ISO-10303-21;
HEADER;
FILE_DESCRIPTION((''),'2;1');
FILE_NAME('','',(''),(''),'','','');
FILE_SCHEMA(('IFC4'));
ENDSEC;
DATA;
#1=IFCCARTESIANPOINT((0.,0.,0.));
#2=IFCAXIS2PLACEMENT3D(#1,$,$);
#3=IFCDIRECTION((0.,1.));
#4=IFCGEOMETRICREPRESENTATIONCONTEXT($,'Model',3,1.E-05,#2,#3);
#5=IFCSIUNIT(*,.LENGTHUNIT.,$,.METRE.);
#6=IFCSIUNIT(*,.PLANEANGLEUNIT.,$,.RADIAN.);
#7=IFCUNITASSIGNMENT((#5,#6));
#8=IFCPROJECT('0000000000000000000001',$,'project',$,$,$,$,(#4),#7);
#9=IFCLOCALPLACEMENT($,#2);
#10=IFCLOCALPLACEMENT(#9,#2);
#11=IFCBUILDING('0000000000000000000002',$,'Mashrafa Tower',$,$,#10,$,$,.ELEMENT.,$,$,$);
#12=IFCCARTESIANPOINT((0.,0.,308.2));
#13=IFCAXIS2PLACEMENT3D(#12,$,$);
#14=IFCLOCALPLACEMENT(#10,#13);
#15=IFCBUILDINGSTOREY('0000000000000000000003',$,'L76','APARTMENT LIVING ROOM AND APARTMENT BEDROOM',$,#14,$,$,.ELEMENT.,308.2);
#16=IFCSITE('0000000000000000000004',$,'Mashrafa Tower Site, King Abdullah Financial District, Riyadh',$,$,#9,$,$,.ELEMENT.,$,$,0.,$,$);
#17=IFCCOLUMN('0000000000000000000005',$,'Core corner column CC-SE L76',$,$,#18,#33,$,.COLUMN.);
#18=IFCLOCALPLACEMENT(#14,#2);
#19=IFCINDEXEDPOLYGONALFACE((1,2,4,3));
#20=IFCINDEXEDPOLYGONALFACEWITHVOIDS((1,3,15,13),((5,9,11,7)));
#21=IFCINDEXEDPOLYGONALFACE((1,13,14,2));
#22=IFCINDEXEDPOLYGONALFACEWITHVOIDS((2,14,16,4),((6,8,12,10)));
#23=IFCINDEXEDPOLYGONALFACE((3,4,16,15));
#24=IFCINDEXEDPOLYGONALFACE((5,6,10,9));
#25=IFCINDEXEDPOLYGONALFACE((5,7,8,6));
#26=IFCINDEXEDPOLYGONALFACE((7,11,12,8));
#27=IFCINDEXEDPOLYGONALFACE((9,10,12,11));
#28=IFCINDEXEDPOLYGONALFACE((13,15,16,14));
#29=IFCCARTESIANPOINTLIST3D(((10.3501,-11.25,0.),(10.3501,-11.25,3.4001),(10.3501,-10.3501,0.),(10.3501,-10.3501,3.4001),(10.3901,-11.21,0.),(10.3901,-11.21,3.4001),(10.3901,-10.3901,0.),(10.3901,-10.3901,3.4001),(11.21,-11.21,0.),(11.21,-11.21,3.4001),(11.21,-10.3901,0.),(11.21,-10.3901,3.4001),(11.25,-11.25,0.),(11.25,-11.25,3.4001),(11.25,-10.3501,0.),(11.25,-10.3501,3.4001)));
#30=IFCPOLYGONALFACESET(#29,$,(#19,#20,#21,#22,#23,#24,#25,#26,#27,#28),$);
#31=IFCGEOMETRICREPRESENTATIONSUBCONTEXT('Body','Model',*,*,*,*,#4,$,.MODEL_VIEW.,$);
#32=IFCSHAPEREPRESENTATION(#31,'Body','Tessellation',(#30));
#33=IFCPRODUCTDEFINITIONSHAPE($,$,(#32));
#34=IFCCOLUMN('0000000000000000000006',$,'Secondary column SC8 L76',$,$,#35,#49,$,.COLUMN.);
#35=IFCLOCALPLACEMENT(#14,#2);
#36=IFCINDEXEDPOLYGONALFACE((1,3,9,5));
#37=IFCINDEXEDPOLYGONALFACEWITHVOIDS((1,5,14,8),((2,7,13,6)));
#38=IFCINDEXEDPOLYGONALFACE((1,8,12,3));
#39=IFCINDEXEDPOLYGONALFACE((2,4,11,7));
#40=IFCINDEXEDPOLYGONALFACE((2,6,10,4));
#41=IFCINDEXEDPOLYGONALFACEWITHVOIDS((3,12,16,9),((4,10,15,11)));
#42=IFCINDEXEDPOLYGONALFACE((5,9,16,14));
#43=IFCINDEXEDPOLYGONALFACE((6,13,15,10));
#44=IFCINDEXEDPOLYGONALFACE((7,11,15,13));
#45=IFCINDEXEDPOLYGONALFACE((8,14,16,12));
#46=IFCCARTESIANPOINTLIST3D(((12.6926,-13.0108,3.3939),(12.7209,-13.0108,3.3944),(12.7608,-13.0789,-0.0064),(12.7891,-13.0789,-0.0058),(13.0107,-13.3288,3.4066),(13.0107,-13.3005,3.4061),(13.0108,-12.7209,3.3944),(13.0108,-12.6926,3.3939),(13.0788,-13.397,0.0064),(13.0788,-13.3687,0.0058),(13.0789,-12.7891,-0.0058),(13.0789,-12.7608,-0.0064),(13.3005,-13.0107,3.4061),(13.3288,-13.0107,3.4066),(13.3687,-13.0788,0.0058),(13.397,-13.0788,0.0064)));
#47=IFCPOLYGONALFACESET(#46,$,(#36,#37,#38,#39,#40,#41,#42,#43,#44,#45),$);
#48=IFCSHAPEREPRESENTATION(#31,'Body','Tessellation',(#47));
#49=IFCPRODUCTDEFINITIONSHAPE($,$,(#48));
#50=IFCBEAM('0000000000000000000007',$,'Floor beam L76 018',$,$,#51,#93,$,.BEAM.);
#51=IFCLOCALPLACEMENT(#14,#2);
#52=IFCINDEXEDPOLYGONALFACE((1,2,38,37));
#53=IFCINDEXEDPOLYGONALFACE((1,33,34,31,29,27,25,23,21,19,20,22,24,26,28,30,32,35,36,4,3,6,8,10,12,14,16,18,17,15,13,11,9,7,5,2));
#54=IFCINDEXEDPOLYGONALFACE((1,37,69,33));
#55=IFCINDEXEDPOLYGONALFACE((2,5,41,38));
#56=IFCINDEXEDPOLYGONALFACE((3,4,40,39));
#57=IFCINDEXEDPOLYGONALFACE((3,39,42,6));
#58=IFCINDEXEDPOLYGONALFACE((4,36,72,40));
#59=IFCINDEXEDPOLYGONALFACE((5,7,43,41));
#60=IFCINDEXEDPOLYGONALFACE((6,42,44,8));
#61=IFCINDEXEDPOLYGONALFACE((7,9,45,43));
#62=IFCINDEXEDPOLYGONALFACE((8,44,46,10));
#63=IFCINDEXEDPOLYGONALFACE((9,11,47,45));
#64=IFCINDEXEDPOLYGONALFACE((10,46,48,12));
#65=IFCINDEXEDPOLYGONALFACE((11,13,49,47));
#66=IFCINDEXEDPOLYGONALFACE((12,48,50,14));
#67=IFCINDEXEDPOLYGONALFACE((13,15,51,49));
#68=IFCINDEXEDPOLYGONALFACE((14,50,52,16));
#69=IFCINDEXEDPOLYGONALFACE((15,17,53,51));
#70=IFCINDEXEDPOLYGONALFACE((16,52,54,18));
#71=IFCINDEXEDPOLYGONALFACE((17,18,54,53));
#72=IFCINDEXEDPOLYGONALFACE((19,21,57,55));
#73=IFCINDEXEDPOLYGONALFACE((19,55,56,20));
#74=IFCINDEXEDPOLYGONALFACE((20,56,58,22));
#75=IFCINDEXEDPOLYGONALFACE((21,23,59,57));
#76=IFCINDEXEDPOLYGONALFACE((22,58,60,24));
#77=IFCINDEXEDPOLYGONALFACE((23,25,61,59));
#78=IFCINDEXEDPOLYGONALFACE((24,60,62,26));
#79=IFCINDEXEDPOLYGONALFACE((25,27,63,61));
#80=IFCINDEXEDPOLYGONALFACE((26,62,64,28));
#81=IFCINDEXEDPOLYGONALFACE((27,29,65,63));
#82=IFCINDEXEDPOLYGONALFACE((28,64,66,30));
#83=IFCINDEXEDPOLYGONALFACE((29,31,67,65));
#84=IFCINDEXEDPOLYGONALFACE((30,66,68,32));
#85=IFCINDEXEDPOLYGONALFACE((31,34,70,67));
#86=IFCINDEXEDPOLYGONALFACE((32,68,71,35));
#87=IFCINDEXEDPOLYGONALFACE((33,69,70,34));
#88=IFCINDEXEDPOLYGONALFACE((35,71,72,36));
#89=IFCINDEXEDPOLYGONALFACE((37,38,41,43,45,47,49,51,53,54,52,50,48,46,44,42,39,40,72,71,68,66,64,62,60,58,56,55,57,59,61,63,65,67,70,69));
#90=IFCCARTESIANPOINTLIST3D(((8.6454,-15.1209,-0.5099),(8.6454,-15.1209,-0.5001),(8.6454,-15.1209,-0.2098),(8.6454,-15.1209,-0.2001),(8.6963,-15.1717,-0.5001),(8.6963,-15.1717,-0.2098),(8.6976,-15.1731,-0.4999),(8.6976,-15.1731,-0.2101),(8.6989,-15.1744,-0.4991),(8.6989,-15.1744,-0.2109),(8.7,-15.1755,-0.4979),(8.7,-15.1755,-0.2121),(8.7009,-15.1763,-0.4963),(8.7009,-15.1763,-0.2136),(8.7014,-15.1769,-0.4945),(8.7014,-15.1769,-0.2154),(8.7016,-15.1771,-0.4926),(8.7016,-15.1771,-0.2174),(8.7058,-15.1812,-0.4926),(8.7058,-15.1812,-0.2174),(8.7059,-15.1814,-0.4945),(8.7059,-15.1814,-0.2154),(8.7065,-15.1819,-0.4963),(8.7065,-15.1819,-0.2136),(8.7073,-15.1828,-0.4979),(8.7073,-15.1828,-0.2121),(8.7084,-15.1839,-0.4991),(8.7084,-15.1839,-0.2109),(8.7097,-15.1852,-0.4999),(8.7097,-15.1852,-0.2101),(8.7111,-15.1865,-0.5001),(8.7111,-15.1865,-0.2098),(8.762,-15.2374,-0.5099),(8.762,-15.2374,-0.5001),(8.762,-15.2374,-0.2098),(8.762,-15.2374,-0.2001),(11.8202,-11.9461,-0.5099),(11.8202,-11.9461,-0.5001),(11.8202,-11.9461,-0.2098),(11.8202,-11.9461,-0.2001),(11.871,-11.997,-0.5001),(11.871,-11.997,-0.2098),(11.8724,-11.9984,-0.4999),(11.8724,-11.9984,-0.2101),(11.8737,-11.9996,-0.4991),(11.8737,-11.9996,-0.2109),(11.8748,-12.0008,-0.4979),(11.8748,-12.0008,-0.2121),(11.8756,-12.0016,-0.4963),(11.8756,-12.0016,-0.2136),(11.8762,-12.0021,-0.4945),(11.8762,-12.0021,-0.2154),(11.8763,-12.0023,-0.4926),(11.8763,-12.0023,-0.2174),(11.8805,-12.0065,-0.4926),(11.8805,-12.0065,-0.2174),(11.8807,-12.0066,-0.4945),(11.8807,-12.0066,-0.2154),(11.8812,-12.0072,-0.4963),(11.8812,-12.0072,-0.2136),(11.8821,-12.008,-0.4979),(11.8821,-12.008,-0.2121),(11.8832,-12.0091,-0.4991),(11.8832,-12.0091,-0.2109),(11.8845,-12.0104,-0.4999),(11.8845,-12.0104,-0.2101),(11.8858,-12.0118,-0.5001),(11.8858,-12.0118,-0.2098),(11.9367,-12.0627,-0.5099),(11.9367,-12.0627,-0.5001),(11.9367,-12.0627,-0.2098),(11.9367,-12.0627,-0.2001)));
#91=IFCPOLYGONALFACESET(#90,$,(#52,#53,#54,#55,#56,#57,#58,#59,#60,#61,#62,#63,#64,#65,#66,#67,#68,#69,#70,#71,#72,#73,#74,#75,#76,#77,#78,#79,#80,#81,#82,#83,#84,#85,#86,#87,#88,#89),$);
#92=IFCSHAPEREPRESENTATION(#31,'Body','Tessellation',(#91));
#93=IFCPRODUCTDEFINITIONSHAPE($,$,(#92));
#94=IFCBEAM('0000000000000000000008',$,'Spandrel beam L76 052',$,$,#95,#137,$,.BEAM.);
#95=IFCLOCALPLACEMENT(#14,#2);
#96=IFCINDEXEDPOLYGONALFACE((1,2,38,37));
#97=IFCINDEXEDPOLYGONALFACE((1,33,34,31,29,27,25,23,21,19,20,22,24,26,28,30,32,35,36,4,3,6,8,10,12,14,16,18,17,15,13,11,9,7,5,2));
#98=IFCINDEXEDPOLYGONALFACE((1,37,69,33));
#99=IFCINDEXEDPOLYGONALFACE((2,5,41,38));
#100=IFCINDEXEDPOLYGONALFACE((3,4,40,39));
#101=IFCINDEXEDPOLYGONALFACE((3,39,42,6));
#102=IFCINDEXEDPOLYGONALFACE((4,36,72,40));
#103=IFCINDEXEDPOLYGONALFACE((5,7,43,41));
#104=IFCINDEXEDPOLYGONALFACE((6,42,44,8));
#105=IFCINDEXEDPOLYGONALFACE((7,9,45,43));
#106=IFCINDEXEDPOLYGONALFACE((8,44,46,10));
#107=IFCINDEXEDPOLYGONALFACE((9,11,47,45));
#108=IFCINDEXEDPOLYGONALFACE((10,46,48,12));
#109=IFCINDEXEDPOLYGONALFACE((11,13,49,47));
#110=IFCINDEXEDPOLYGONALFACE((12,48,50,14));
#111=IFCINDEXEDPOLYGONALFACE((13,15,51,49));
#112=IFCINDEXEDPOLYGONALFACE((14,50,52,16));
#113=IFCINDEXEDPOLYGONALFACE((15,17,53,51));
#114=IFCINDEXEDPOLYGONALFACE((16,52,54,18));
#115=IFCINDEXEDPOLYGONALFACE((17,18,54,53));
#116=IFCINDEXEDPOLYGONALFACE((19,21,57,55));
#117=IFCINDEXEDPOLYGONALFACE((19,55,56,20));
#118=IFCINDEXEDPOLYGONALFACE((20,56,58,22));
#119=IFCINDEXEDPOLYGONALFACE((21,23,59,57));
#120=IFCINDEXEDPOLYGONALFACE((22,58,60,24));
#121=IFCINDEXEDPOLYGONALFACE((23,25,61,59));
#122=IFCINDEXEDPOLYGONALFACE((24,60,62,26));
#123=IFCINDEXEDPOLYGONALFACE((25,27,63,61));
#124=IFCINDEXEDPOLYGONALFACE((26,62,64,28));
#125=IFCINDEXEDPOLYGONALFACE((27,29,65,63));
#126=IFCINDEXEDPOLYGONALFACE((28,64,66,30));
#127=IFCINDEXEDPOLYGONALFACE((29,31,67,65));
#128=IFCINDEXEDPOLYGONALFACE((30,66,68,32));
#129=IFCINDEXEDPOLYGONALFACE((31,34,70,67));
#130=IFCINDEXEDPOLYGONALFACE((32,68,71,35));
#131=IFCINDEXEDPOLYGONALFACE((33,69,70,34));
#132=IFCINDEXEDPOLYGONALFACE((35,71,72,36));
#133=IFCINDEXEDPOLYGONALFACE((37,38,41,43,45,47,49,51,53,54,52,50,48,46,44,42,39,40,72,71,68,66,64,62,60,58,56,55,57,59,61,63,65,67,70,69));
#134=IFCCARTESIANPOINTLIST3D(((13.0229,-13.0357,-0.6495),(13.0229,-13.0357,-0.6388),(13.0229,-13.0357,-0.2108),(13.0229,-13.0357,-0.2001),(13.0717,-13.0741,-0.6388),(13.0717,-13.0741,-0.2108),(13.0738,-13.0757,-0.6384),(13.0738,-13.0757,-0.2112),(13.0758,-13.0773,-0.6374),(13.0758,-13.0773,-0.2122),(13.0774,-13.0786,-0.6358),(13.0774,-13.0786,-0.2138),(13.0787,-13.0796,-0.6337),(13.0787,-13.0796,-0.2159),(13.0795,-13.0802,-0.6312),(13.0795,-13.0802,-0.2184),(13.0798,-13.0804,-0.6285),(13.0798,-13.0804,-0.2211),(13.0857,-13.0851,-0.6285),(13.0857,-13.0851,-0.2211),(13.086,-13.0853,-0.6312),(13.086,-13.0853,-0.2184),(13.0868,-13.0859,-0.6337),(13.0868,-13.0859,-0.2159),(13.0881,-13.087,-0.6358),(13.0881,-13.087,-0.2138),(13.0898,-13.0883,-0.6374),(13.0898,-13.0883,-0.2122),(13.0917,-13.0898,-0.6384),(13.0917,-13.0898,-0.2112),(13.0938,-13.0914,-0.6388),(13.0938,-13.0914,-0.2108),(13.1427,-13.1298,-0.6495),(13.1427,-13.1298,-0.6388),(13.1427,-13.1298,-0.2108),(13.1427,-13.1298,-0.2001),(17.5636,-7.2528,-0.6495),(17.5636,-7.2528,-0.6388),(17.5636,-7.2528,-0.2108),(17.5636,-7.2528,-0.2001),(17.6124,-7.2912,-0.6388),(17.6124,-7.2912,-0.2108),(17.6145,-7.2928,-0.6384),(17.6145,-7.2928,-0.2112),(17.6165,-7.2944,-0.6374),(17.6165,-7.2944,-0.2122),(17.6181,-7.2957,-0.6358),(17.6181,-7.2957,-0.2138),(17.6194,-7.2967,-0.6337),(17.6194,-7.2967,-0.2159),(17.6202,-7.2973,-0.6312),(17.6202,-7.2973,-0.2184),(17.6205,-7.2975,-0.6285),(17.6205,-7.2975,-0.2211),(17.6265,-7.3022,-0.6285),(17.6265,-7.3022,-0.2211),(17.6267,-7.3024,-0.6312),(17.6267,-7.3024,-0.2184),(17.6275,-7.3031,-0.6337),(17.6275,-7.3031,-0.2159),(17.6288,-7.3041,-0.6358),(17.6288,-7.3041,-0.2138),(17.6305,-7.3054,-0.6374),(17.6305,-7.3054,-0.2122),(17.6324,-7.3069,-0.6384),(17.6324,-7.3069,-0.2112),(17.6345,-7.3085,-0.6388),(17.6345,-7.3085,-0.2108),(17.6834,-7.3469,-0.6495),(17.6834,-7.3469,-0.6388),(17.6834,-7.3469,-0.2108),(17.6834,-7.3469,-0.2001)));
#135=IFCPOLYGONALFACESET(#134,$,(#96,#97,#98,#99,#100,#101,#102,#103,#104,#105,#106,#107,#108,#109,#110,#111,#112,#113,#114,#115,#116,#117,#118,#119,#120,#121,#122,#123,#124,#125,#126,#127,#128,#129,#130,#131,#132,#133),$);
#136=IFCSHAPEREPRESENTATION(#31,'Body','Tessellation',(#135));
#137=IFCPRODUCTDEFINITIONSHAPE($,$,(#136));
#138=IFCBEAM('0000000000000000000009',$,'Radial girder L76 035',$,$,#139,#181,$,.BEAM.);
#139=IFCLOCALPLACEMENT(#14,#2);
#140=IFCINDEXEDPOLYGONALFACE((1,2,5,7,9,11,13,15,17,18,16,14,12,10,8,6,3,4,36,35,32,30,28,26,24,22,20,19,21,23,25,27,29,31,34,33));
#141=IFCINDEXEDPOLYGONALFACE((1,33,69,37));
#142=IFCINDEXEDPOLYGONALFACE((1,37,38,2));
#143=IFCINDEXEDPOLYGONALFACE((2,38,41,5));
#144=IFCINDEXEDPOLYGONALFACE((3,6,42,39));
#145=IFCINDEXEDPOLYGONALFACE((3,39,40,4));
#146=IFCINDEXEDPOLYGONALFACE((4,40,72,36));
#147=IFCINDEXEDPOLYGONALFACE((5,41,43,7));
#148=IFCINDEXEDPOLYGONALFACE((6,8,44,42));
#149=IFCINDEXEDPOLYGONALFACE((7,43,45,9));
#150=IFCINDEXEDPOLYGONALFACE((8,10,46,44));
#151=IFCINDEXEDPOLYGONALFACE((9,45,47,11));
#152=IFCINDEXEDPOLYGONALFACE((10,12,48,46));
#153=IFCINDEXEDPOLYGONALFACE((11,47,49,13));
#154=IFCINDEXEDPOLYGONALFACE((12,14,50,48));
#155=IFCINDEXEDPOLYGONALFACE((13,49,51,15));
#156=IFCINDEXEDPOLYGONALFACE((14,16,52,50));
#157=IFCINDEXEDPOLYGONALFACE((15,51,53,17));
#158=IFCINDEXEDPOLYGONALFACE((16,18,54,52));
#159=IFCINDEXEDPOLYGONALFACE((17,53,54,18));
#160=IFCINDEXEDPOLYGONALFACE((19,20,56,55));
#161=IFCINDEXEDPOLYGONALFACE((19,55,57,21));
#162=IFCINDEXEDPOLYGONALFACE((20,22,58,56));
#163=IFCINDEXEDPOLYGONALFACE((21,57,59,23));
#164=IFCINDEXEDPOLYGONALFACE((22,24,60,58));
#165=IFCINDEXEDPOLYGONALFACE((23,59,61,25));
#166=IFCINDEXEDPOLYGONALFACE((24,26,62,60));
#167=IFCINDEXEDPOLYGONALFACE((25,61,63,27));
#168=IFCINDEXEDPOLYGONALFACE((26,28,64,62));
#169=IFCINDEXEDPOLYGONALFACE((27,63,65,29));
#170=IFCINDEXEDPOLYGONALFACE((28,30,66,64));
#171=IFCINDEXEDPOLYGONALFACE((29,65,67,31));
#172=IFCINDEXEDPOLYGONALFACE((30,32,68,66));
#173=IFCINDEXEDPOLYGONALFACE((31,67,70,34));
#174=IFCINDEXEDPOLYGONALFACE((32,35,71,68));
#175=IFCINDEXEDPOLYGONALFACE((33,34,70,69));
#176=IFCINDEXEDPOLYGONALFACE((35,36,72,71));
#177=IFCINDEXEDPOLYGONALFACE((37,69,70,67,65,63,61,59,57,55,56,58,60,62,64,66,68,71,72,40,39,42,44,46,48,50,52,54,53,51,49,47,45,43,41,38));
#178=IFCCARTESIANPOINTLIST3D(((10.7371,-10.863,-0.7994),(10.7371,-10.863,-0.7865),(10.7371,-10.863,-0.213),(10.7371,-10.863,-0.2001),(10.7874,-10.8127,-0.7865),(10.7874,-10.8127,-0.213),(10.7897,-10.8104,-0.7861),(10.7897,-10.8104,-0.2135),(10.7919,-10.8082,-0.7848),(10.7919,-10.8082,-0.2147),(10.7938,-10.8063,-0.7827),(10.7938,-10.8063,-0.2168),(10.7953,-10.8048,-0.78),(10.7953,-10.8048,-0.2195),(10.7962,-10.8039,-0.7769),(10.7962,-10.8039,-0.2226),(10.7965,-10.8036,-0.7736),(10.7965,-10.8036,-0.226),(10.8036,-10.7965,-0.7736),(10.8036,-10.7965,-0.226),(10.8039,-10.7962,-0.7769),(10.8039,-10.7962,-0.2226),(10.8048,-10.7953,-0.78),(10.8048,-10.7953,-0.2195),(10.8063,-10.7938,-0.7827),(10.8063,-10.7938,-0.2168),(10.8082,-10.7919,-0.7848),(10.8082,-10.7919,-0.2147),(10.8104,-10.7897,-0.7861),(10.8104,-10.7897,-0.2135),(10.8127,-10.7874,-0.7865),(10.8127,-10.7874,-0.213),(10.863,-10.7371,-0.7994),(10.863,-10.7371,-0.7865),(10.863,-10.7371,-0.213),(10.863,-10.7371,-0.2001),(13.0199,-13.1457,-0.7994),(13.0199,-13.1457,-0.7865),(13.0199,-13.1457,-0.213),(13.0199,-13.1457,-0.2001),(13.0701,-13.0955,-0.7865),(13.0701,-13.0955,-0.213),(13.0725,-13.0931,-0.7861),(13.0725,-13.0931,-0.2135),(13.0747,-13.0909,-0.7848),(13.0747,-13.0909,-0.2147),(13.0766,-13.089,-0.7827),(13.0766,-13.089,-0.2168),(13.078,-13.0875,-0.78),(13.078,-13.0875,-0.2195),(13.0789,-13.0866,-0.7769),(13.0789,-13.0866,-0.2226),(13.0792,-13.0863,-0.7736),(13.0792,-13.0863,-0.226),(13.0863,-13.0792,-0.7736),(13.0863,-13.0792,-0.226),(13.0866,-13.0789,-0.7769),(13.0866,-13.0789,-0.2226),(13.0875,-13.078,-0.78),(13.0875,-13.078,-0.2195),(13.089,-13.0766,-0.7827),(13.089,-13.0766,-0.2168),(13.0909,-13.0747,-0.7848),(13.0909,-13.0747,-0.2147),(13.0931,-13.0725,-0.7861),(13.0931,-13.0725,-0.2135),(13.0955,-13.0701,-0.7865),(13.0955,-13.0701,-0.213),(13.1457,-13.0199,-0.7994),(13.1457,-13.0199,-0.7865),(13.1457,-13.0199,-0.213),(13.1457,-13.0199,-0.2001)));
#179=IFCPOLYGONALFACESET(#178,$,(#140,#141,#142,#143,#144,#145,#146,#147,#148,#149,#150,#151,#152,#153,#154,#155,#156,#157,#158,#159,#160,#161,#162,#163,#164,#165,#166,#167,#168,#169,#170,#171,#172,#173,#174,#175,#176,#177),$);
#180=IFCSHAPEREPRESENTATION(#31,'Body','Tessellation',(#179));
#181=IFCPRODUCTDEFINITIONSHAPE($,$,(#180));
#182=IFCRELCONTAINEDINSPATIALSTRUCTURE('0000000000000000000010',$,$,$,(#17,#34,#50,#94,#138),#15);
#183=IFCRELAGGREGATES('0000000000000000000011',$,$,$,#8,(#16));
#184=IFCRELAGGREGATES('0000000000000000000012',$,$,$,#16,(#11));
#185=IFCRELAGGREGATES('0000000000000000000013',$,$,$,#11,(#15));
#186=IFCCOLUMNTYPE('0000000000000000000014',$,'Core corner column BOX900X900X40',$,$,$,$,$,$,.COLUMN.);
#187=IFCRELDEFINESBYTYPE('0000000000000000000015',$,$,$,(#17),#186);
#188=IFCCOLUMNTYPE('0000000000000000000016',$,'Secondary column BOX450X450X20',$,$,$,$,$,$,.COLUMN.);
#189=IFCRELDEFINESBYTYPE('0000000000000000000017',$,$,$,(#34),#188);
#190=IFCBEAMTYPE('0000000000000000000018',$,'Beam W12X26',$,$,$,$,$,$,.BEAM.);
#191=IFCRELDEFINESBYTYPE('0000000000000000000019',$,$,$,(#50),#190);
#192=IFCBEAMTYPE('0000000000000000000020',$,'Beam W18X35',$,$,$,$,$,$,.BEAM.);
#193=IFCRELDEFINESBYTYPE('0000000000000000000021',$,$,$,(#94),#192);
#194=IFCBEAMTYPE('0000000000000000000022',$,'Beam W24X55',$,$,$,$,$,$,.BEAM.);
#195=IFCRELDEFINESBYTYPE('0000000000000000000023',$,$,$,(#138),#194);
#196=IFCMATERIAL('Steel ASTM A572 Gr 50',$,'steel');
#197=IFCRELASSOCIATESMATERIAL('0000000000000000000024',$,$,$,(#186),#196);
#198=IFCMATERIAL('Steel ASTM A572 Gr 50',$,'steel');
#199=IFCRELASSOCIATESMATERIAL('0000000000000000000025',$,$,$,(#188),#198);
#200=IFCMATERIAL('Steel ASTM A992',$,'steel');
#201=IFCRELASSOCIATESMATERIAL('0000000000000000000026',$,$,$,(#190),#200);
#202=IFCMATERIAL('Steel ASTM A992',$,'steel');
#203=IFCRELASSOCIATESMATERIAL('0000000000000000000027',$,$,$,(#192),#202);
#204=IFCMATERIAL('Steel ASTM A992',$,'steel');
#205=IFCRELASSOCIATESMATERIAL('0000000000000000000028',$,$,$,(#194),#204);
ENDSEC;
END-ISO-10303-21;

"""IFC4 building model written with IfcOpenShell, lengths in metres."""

from ifc_helpers import new_model, si_unit, direction, frame, origin, origin_2d, place, context, subcontext, project, spatial, hollow_rectangle, i_section, extrude, material, material_profile, profile_set, type_object, element, save


model = new_model("IFC4")

# Units and contexts
model_context = context("Model", 3, precision=1e-05, world=origin(), true_north=direction((0.0, 1.0)))
body_context = subcontext(model_context, "Body", "Model", "MODEL_VIEW")
ifc_project = project(units=[si_unit("LENGTHUNIT", "METRE"), si_unit("PLANEANGLEUNIT", "RADIAN")], contexts=[model_context])

# Site, building, storey
site_placement = place(None, origin())
site = spatial("IfcSite", under=ifc_project, at=site_placement, Name="Mashrafa Tower Site, King Abdullah Financial District, Riyadh", CompositionType="ELEMENT", RefElevation=0.0)
building_placement = place(site_placement, origin())
building = spatial("IfcBuilding", under=site, at=building_placement, Name="Mashrafa Tower", CompositionType="ELEMENT")
storey_placement = place(building_placement, frame((0.0, 0.0, 308.2)))
storey = spatial("IfcBuildingStorey", under=building, at=storey_placement, Name="L76", Description="APARTMENT LIVING ROOM AND APARTMENT BEDROOM", CompositionType="ELEMENT", Elevation=308.2)

# Columns
ifc_material_1 = material(Name="Steel ASTM A572 Gr 50", Category="steel")
ifc_material_profile_1 = material_profile(ifc_material_1, hollow_rectangle(XDim=0.8999, YDim=0.8999, WallThickness=0.04, at=origin_2d()), Name="BOX900X900X40")
ifc_profile_set_1 = profile_set([ifc_material_profile_1], Name="Steel ASTM A572 Gr 50")
column_type_1 = type_object("IfcColumnType", Name="Core corner column BOX900X900X40", PredefinedType="COLUMN", material=ifc_profile_set_1)
column_1_placement = place(storey_placement, frame((10.8, -10.8, 0.0), z_axis=(0.0, 0.0, 1.0), x_axis=(1.0, 0.0, 0.0)))
element("IfcColumn", 1, at=column_1_placement, inside=storey, type_object=column_type_1, Name="Core corner column CC-SE L76", PredefinedType="COLUMN", context=body_context, shape_type="SweptSolid", body=[
    extrude(hollow_rectangle(XDim=0.8999, YDim=0.8999, WallThickness=0.04, at=origin_2d()), origin(), (0.0, 0.0, 1.0), 3.4001),
])
ifc_material_2 = material(Name="Steel ASTM A572 Gr 50", Category="steel")
ifc_material_profile_2 = material_profile(ifc_material_2, hollow_rectangle(XDim=0.45, YDim=0.45, WallThickness=0.02, at=origin_2d()), Name="BOX450X450X20")
ifc_profile_set_2 = profile_set([ifc_material_profile_2], Name="Steel ASTM A572 Gr 50")
column_type_2 = type_object("IfcColumnType", Name="Secondary column BOX450X450X20", PredefinedType="COLUMN", material=ifc_profile_set_2)
column_2_placement = place(storey_placement, frame((13.0789, -13.0789, 0.0), z_axis=(-0.020025, 0.020025, 0.999599), x_axis=(-0.707107, -0.707107, 0.0)))
element("IfcColumn", 2, at=column_2_placement, inside=storey, type_object=column_type_2, Name="Secondary column SC8 L76", PredefinedType="COLUMN", context=body_context, shape_type="SweptSolid", body=[
    extrude(hollow_rectangle(XDim=0.45, YDim=0.45, WallThickness=0.02, at=origin_2d()), origin(), (0.0, 0.0, 1.0), 3.4016),
])

# Beams
ifc_material_3 = material(Name="Steel ASTM A992", Category="steel")
ifc_material_profile_3 = material_profile(ifc_material_3, i_section(OverallWidth=0.1648, OverallDepth=0.3098, WebThickness=0.0059, FlangeThickness=0.0098, FilletRadius=0.0076, at=origin_2d()), Name="W12X26")
ifc_profile_set_3 = profile_set([ifc_material_profile_3], Name="Steel ASTM A992")
beam_type_1 = type_object("IfcBeamType", Name="Beam W12X26", PredefinedType="BEAM", material=ifc_profile_set_3)
beam_1_placement = place(storey_placement, frame((11.8784, -12.0044, -0.355), z_axis=(-0.707107, -0.707107, 0.0), x_axis=(0.707107, -0.707107, 0.0)))
element("IfcBeam", 3, at=beam_1_placement, inside=storey, type_object=beam_type_1, Name="Floor beam L76 018", PredefinedType="BEAM", context=body_context, shape_type="SweptSolid", body=[
    extrude(i_section(OverallWidth=0.1648, OverallDepth=0.3098, WebThickness=0.0059, FlangeThickness=0.0098, FilletRadius=0.0076, at=origin_2d()), origin(), (0.0, 0.0, 1.0), 4.4897),
])
ifc_material_4 = material(Name="Steel ASTM A992", Category="steel")
ifc_material_profile_4 = material_profile(ifc_material_4, i_section(OverallWidth=0.1523, OverallDepth=0.4495, WebThickness=0.0076, FlangeThickness=0.0107, FilletRadius=0.0103, at=origin_2d()), Name="W18X35")
ifc_profile_set_4 = profile_set([ifc_material_profile_4], Name="Steel ASTM A992")
beam_type_2 = type_object("IfcBeamType", Name="Beam W18X35", PredefinedType="BEAM", material=ifc_profile_set_4)
beam_2_placement = place(storey_placement, frame((13.0828, -13.0828, -0.4248), z_axis=(0.617571, 0.786515, 0.0), x_axis=(-0.786515, 0.617571, 0.0)))
element("IfcBeam", 4, at=beam_2_placement, inside=storey, type_object=beam_type_2, Name="Spandrel beam L76 052", PredefinedType="BEAM", context=body_context, shape_type="SweptSolid", body=[
    extrude(i_section(OverallWidth=0.1523, OverallDepth=0.4495, WebThickness=0.0076, FlangeThickness=0.0107, FilletRadius=0.0103, at=origin_2d()), origin(), (0.0, 0.0, 1.0), 7.3525),
])
ifc_material_5 = material(Name="Steel ASTM A992", Category="steel")
ifc_material_profile_5 = material_profile(ifc_material_5, i_section(OverallWidth=0.178, OverallDepth=0.5994, WebThickness=0.01, FlangeThickness=0.0129, FilletRadius=0.0129, at=origin_2d()), Name="W24X55")
ifc_profile_set_5 = profile_set([ifc_material_profile_5], Name="Steel ASTM A992")
beam_type_3 = type_object("IfcBeamType", Name="Beam W24X55", PredefinedType="BEAM", material=ifc_profile_set_5)
beam_3_placement = place(storey_placement, frame((10.8, -10.8, -0.4998), z_axis=(0.707107, -0.707107, 0.0), x_axis=(0.707107, 0.707107, 0.0)))
element("IfcBeam", 5, at=beam_3_placement, inside=storey, type_object=beam_type_3, Name="Radial girder L76 035", PredefinedType="BEAM", context=body_context, shape_type="SweptSolid", body=[
    extrude(i_section(OverallWidth=0.178, OverallDepth=0.5994, WebThickness=0.01, FlangeThickness=0.0129, FilletRadius=0.0129, at=origin_2d()), origin(), (0.0, 0.0, 1.0), 3.2283),
])

save(model, "model.ifc")
